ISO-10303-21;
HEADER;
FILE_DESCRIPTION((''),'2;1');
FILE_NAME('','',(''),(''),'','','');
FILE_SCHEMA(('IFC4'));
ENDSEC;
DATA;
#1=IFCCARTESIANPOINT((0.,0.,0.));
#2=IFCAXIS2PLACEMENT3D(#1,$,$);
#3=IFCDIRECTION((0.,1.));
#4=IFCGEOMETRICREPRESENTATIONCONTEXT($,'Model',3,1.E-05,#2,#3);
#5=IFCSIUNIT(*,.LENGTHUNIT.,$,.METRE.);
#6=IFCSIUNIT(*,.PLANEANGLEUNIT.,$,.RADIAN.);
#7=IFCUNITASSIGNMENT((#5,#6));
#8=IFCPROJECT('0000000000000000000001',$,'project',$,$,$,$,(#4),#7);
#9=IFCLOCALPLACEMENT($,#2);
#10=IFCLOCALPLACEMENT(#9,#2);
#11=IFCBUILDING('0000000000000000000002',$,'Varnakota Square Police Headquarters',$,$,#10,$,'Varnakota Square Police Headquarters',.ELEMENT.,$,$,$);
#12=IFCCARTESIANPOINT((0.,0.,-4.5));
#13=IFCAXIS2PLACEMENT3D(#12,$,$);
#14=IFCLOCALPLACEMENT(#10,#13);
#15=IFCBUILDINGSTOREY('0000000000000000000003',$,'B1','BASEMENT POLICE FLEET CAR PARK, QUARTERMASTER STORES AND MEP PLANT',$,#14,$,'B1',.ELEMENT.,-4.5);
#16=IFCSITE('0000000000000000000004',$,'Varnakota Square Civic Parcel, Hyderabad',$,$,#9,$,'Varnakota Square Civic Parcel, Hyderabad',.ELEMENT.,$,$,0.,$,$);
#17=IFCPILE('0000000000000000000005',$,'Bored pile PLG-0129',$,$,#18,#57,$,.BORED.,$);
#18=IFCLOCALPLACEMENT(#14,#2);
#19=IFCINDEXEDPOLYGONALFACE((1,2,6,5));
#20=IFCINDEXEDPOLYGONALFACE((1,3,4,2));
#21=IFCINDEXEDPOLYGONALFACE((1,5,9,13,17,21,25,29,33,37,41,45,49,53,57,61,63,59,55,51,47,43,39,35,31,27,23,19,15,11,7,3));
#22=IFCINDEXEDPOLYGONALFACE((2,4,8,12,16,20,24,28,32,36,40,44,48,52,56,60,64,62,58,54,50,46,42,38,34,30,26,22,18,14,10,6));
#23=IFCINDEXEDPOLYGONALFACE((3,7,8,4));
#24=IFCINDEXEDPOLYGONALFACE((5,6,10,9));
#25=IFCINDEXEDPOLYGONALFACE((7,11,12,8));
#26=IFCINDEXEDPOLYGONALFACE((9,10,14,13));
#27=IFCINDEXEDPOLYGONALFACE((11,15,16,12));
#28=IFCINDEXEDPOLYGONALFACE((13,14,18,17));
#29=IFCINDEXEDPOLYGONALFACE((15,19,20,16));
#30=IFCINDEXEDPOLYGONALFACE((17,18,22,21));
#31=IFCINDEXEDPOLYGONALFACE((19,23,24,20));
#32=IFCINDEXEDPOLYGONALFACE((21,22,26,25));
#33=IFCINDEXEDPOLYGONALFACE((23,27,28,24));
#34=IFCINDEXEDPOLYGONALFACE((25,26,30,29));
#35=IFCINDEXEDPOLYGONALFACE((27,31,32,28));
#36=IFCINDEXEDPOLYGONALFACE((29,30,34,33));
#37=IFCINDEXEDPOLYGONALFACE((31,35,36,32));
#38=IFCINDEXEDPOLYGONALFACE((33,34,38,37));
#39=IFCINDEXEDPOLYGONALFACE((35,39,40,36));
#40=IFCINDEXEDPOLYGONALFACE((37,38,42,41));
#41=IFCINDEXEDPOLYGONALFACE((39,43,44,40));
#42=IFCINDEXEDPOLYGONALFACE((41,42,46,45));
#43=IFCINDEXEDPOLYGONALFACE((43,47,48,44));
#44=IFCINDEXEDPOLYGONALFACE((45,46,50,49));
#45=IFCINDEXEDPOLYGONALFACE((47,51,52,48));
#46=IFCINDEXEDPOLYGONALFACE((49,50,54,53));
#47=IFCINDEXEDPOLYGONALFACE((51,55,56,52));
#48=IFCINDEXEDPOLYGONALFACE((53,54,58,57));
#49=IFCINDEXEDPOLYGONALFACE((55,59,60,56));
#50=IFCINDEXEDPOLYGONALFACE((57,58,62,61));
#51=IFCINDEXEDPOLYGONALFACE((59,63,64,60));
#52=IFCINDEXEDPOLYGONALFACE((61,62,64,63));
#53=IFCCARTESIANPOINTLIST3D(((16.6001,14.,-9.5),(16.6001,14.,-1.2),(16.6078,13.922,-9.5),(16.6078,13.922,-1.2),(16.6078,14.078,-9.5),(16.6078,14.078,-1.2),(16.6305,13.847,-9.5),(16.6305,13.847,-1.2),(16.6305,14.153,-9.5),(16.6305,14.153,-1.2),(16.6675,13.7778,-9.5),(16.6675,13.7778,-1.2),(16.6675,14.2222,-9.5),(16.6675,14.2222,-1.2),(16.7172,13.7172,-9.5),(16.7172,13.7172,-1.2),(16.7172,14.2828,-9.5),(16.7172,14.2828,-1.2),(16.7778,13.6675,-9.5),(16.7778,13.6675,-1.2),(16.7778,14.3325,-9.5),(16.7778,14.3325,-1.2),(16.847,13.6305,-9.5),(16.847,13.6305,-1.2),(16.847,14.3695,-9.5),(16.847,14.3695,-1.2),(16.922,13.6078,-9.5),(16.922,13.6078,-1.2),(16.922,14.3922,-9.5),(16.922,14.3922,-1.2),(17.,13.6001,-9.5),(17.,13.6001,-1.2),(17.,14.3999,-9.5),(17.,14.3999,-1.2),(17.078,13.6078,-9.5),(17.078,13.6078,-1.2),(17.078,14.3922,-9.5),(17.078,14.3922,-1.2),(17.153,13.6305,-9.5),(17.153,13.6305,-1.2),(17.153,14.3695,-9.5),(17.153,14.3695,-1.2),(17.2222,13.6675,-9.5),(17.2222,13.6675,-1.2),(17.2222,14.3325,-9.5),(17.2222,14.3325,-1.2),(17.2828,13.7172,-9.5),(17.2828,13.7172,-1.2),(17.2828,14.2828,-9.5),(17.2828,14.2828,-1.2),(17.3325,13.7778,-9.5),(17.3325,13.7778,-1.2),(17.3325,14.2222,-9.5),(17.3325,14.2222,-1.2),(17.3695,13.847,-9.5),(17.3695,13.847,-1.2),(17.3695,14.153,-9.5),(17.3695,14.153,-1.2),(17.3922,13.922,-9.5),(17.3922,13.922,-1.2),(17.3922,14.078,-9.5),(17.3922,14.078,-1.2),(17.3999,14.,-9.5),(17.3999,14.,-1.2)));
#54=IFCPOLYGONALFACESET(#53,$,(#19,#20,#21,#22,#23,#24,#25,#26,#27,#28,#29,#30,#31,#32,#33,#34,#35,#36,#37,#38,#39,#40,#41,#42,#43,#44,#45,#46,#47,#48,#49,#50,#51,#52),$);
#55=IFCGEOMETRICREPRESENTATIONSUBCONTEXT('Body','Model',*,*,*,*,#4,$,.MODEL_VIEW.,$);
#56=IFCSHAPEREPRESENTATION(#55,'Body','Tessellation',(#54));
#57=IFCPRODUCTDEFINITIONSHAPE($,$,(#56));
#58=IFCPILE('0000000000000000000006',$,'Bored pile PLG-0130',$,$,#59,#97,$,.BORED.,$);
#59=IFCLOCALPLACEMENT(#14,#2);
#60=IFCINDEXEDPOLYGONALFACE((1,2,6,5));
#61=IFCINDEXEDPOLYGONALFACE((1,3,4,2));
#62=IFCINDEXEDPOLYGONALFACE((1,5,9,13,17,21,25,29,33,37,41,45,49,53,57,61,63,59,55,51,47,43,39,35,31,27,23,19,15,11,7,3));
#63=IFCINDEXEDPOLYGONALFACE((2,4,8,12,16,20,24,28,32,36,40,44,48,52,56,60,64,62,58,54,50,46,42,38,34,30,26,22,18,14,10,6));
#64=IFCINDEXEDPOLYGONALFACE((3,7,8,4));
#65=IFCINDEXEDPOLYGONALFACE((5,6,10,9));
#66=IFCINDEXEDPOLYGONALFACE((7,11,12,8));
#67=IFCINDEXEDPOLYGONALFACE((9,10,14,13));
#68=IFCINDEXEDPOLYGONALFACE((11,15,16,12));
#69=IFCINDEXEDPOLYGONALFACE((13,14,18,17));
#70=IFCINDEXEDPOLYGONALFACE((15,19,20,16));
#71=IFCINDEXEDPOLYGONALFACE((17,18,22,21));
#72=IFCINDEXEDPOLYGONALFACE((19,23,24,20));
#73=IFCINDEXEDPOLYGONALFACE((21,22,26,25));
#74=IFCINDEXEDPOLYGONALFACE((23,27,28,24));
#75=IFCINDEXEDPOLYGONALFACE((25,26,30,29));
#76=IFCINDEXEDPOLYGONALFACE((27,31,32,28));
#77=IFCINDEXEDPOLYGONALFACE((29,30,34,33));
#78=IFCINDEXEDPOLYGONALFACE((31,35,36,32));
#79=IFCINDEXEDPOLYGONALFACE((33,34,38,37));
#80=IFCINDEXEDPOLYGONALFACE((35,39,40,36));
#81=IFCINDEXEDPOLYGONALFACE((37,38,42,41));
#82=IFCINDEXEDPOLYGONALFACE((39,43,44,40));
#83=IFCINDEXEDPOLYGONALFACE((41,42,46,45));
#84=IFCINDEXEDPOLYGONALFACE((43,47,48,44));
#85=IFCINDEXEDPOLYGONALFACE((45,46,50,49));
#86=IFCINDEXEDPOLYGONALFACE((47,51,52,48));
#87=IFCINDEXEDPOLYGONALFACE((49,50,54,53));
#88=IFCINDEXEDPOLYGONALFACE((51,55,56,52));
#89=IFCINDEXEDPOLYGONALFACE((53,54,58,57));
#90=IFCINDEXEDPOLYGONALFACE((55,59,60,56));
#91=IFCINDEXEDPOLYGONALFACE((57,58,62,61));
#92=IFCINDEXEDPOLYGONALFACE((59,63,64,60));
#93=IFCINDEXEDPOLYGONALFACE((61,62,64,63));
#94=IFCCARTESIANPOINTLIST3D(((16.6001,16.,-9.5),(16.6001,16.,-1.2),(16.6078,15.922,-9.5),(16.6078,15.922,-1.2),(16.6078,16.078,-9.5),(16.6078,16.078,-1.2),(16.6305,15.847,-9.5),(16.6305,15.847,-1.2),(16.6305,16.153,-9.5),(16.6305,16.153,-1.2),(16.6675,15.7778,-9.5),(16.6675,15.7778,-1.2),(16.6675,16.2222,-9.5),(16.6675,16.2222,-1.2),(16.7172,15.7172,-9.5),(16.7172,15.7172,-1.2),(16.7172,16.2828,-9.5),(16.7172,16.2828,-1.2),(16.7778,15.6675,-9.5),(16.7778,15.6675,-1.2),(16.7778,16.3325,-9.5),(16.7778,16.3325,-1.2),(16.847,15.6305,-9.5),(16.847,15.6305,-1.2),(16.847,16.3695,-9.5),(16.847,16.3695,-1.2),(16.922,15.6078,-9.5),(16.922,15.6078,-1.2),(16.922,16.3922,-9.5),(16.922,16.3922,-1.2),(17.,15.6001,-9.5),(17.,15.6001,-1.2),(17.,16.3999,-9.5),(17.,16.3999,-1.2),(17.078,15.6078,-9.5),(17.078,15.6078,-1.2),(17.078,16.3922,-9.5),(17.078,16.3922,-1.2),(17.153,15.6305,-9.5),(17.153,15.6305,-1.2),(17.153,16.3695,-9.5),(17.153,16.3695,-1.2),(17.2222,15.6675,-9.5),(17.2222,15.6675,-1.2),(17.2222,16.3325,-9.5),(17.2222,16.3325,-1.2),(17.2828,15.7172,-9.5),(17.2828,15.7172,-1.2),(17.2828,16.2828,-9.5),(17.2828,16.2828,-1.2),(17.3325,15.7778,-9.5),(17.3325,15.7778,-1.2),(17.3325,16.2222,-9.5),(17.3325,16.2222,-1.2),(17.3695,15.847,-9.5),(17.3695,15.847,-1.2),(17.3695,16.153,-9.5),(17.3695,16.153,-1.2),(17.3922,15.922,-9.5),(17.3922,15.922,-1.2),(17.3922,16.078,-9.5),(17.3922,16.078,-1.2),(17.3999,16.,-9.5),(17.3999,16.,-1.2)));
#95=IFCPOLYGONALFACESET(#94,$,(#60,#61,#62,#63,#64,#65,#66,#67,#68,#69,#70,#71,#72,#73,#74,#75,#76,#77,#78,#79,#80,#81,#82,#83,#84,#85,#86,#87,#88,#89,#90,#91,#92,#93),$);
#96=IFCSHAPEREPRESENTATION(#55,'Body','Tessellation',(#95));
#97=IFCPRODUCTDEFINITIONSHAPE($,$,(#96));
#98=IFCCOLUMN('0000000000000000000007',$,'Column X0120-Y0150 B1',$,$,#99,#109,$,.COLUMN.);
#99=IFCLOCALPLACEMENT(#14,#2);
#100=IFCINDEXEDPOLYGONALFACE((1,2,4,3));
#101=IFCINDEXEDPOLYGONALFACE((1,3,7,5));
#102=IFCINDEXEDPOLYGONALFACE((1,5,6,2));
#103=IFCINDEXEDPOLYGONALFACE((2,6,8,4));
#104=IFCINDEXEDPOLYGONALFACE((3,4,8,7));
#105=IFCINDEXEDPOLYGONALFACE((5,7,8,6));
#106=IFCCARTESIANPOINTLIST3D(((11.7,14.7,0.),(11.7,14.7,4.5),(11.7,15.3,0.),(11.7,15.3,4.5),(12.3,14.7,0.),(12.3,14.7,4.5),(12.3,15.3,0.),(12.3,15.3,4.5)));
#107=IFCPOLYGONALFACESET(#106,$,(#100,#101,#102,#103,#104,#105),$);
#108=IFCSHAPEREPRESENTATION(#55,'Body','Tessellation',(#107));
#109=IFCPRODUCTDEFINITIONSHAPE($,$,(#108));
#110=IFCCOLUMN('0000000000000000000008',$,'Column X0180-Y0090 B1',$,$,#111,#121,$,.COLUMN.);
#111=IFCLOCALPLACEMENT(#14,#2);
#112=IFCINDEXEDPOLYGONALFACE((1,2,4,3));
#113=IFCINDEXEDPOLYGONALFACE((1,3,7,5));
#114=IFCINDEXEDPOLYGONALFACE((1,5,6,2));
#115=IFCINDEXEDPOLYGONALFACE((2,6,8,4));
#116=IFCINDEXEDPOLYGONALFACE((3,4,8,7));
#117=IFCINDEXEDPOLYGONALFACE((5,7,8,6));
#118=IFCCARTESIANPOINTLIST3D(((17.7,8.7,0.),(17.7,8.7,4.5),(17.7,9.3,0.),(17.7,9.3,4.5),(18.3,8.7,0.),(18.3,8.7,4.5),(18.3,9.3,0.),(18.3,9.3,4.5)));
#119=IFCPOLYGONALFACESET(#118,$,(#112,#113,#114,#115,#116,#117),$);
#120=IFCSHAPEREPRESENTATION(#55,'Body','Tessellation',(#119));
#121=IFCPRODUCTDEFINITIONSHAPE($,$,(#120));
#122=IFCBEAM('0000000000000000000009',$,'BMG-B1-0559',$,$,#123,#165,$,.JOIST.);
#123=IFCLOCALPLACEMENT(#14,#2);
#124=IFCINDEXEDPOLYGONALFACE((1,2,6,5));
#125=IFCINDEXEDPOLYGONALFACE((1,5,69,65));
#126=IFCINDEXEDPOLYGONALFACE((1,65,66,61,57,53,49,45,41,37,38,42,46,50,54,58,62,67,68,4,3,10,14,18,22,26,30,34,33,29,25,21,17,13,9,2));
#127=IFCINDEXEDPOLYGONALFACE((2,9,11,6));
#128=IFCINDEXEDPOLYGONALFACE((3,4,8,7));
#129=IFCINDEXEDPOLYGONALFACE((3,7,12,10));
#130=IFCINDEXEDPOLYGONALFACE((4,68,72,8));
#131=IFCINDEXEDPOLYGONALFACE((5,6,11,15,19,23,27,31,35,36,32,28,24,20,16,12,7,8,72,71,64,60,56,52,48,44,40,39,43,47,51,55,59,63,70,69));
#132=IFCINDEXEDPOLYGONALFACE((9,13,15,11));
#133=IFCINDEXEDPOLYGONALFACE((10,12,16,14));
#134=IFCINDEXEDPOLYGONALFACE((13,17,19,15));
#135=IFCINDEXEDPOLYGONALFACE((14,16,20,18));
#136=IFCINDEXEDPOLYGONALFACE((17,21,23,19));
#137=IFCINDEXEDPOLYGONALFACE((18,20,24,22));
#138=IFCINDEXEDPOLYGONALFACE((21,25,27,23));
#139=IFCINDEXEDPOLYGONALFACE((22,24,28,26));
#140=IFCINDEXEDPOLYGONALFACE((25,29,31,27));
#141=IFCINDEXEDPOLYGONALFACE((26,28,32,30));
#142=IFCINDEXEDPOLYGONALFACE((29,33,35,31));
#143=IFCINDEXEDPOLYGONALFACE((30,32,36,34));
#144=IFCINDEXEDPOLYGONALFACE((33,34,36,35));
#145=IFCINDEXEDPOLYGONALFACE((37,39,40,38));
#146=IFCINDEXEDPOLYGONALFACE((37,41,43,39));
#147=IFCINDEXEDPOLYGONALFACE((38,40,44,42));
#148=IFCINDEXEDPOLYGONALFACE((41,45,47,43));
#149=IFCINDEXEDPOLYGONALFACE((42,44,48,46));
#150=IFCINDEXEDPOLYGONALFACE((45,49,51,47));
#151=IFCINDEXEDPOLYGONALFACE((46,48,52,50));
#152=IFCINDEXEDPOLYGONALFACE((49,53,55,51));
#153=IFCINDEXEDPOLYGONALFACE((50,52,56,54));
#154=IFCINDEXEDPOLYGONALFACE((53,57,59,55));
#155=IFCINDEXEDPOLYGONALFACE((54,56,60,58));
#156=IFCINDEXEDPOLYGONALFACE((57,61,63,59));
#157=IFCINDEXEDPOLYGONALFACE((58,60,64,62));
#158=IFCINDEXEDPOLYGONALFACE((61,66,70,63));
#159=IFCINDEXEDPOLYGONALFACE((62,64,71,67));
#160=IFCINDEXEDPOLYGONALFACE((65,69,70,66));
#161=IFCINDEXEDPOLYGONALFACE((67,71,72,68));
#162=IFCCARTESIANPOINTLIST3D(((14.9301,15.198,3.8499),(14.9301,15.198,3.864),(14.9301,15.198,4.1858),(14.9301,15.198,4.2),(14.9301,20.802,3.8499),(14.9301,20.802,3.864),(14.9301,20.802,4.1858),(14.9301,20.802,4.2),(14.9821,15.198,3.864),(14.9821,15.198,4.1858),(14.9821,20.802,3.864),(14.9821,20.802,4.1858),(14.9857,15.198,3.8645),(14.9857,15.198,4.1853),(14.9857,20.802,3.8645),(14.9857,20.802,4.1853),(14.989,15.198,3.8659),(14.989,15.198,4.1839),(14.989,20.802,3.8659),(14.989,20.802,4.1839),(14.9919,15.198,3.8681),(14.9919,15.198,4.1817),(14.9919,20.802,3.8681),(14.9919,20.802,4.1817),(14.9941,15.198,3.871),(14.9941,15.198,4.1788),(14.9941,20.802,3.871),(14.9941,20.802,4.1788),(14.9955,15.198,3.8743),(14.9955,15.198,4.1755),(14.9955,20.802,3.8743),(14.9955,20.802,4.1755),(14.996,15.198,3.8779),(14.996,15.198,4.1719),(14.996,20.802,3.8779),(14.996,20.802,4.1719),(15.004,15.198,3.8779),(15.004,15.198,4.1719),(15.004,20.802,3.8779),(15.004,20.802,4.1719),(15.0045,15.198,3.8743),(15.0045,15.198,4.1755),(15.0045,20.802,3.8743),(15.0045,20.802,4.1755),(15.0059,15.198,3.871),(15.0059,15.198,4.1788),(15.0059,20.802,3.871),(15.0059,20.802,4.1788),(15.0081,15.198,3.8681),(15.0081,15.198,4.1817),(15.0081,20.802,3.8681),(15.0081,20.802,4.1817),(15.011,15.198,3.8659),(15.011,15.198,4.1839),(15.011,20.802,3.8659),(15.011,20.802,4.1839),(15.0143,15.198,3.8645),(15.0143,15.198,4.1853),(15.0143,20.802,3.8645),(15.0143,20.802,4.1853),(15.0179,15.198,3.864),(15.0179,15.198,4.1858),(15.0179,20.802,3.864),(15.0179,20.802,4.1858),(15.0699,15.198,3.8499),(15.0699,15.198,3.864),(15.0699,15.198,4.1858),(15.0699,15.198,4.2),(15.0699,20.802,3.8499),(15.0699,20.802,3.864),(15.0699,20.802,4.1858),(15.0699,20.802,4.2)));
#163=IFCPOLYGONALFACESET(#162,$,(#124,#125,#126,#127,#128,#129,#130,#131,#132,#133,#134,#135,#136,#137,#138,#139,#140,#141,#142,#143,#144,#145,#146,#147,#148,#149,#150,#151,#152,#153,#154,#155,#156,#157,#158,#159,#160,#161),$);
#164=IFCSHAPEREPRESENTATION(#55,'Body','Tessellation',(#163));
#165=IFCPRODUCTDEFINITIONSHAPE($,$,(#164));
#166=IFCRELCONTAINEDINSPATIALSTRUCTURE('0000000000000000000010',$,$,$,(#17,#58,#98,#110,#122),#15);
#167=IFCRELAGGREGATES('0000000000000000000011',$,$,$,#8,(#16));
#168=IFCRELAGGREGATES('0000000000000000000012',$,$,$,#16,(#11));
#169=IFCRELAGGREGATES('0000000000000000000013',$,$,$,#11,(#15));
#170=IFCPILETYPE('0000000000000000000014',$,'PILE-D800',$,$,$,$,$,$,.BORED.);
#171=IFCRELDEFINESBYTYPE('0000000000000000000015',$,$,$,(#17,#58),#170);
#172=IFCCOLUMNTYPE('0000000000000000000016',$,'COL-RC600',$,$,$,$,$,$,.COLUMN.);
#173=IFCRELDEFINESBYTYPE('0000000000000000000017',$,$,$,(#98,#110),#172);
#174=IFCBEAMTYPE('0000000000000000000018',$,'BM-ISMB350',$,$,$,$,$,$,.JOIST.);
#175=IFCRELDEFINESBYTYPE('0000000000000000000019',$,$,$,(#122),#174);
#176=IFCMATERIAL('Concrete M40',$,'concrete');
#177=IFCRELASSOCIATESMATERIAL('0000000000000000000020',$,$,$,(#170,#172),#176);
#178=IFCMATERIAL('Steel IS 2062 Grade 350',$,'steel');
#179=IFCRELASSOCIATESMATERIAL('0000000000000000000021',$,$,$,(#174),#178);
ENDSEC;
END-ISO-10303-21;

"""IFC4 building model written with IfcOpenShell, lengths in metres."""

from ifc_helpers import new_model, si_unit, direction, frame, origin, origin_2d, place, context, subcontext, project, spatial, rectangle, circle, i_section, extrude, material, material_profile, profile_set, type_object, element, save


model = new_model("IFC4")

# Units and contexts
model_context = context("Model", 3, precision=1e-05, world=origin(), true_north=direction((0.0, 1.0)))
body_context = subcontext(model_context, "Body", "Model", "MODEL_VIEW")
ifc_project = project(units=[si_unit("LENGTHUNIT", "METRE"), si_unit("PLANEANGLEUNIT", "RADIAN")], contexts=[model_context])

# Site, building, storey
site_placement = place(None, origin())
site = spatial("IfcSite", under=ifc_project, at=site_placement, Name="Varnakota Square Civic Parcel, Hyderabad", LongName="Varnakota Square Civic Parcel, Hyderabad", CompositionType="ELEMENT", RefElevation=0.0)
building_placement = place(site_placement, origin())
building = spatial("IfcBuilding", under=site, at=building_placement, Name="Varnakota Square Police Headquarters", LongName="Varnakota Square Police Headquarters", CompositionType="ELEMENT")
storey_placement = place(building_placement, frame((0.0, 0.0, -4.5)))
storey = spatial("IfcBuildingStorey", under=building, at=storey_placement, Name="B1", Description="BASEMENT POLICE FLEET CAR PARK, QUARTERMASTER STORES AND MEP PLANT", LongName="B1", CompositionType="ELEMENT", Elevation=-4.5)

# Shared definitions
ifc_material_1 = material(Name="Concrete M40", Category="concrete")

# Piles
ifc_material_profile_1 = material_profile(ifc_material_1, circle(Radius=0.3999, at=origin_2d()), Name="BORED PILE 800")
ifc_profile_set_1 = profile_set([ifc_material_profile_1], Name="Concrete M40")
pile_type_1 = type_object("IfcPileType", Name="PILE-D800", PredefinedType="BORED", material=ifc_profile_set_1)
for number, where, z_axis, x_axis, name in (
    (1, (17.0, 14.0, -1.2), (0.0, 0.0, -1.0), (1.0, 0.0, 0.0), "Bored pile PLG-0129"),
    (2, (17.0, 16.0, -1.2), (0.0, 0.0, -1.0), (1.0, 0.0, 0.0), "Bored pile PLG-0130"),
):
    element("IfcPile", number, at=place(storey_placement, frame(where, z_axis=z_axis, x_axis=x_axis)), inside=storey, type_object=pile_type_1, Name=name, PredefinedType="BORED", context=body_context, shape_type="SweptSolid", body=[
        extrude(circle(Radius=0.3999, at=origin_2d()), origin(), (0.0, 0.0, 1.0), 8.3),
    ])

# Columns
ifc_material_profile_2 = material_profile(ifc_material_1, rectangle(XDim=0.6001, YDim=0.6001, at=origin_2d()), Name="RC 600x600")
ifc_profile_set_2 = profile_set([ifc_material_profile_2], Name="Concrete M40")
column_type = type_object("IfcColumnType", Name="COL-RC600", PredefinedType="COLUMN", material=ifc_profile_set_2)
for number, where, z_axis, x_axis, name in (
    (3, (12.0, 15.0, 0.0), (0.0, 0.0, 1.0), (1.0, 0.0, 0.0), "Column X0120-Y0150 B1"),
    (4, (18.0, 9.0, 0.0), (0.0, 0.0, 1.0), (1.0, 0.0, 0.0), "Column X0180-Y0090 B1"),
):
    element("IfcColumn", number, at=place(storey_placement, frame(where, z_axis=z_axis, x_axis=x_axis)), inside=storey, type_object=column_type, Name=name, PredefinedType="COLUMN", context=body_context, shape_type="SweptSolid", body=[
        extrude(rectangle(XDim=0.6001, YDim=0.6001, at=origin_2d()), origin(), (0.0, 0.0, 1.0), 4.5),
    ])

# Beam
ifc_material_2 = material(Name="Steel IS 2062 Grade 350", Category="steel")
ifc_material_profile_3 = material_profile(ifc_material_2, i_section(OverallWidth=0.1399, OverallDepth=0.3501, WebThickness=0.0081, FlangeThickness=0.0142, FilletRadius=0.0139, at=origin_2d()), Name="ISMB 350")
ifc_profile_set_3 = profile_set([ifc_material_profile_3], Name="Steel IS 2062 Grade 350")
beam_type_1 = type_object("IfcBeamType", Name="BM-ISMB350", PredefinedType="JOIST", material=ifc_profile_set_3)
beam_1_placement = place(storey_placement, frame((15.0, 15.198, 4.0249), z_axis=(0.0, 1.0, 0.0), x_axis=(-1.0, 0.0, 0.0)))
element("IfcBeam", 5, at=beam_1_placement, inside=storey, type_object=beam_type_1, Name="BMG-B1-0559", PredefinedType="JOIST", context=body_context, shape_type="SweptSolid", body=[
    extrude(i_section(OverallWidth=0.1399, OverallDepth=0.3501, WebThickness=0.0081, FlangeThickness=0.0142, FilletRadius=0.0139, at=origin_2d()), origin(), (0.0, 0.0, 1.0), 5.604),
])

save(model, "model.ifc")
